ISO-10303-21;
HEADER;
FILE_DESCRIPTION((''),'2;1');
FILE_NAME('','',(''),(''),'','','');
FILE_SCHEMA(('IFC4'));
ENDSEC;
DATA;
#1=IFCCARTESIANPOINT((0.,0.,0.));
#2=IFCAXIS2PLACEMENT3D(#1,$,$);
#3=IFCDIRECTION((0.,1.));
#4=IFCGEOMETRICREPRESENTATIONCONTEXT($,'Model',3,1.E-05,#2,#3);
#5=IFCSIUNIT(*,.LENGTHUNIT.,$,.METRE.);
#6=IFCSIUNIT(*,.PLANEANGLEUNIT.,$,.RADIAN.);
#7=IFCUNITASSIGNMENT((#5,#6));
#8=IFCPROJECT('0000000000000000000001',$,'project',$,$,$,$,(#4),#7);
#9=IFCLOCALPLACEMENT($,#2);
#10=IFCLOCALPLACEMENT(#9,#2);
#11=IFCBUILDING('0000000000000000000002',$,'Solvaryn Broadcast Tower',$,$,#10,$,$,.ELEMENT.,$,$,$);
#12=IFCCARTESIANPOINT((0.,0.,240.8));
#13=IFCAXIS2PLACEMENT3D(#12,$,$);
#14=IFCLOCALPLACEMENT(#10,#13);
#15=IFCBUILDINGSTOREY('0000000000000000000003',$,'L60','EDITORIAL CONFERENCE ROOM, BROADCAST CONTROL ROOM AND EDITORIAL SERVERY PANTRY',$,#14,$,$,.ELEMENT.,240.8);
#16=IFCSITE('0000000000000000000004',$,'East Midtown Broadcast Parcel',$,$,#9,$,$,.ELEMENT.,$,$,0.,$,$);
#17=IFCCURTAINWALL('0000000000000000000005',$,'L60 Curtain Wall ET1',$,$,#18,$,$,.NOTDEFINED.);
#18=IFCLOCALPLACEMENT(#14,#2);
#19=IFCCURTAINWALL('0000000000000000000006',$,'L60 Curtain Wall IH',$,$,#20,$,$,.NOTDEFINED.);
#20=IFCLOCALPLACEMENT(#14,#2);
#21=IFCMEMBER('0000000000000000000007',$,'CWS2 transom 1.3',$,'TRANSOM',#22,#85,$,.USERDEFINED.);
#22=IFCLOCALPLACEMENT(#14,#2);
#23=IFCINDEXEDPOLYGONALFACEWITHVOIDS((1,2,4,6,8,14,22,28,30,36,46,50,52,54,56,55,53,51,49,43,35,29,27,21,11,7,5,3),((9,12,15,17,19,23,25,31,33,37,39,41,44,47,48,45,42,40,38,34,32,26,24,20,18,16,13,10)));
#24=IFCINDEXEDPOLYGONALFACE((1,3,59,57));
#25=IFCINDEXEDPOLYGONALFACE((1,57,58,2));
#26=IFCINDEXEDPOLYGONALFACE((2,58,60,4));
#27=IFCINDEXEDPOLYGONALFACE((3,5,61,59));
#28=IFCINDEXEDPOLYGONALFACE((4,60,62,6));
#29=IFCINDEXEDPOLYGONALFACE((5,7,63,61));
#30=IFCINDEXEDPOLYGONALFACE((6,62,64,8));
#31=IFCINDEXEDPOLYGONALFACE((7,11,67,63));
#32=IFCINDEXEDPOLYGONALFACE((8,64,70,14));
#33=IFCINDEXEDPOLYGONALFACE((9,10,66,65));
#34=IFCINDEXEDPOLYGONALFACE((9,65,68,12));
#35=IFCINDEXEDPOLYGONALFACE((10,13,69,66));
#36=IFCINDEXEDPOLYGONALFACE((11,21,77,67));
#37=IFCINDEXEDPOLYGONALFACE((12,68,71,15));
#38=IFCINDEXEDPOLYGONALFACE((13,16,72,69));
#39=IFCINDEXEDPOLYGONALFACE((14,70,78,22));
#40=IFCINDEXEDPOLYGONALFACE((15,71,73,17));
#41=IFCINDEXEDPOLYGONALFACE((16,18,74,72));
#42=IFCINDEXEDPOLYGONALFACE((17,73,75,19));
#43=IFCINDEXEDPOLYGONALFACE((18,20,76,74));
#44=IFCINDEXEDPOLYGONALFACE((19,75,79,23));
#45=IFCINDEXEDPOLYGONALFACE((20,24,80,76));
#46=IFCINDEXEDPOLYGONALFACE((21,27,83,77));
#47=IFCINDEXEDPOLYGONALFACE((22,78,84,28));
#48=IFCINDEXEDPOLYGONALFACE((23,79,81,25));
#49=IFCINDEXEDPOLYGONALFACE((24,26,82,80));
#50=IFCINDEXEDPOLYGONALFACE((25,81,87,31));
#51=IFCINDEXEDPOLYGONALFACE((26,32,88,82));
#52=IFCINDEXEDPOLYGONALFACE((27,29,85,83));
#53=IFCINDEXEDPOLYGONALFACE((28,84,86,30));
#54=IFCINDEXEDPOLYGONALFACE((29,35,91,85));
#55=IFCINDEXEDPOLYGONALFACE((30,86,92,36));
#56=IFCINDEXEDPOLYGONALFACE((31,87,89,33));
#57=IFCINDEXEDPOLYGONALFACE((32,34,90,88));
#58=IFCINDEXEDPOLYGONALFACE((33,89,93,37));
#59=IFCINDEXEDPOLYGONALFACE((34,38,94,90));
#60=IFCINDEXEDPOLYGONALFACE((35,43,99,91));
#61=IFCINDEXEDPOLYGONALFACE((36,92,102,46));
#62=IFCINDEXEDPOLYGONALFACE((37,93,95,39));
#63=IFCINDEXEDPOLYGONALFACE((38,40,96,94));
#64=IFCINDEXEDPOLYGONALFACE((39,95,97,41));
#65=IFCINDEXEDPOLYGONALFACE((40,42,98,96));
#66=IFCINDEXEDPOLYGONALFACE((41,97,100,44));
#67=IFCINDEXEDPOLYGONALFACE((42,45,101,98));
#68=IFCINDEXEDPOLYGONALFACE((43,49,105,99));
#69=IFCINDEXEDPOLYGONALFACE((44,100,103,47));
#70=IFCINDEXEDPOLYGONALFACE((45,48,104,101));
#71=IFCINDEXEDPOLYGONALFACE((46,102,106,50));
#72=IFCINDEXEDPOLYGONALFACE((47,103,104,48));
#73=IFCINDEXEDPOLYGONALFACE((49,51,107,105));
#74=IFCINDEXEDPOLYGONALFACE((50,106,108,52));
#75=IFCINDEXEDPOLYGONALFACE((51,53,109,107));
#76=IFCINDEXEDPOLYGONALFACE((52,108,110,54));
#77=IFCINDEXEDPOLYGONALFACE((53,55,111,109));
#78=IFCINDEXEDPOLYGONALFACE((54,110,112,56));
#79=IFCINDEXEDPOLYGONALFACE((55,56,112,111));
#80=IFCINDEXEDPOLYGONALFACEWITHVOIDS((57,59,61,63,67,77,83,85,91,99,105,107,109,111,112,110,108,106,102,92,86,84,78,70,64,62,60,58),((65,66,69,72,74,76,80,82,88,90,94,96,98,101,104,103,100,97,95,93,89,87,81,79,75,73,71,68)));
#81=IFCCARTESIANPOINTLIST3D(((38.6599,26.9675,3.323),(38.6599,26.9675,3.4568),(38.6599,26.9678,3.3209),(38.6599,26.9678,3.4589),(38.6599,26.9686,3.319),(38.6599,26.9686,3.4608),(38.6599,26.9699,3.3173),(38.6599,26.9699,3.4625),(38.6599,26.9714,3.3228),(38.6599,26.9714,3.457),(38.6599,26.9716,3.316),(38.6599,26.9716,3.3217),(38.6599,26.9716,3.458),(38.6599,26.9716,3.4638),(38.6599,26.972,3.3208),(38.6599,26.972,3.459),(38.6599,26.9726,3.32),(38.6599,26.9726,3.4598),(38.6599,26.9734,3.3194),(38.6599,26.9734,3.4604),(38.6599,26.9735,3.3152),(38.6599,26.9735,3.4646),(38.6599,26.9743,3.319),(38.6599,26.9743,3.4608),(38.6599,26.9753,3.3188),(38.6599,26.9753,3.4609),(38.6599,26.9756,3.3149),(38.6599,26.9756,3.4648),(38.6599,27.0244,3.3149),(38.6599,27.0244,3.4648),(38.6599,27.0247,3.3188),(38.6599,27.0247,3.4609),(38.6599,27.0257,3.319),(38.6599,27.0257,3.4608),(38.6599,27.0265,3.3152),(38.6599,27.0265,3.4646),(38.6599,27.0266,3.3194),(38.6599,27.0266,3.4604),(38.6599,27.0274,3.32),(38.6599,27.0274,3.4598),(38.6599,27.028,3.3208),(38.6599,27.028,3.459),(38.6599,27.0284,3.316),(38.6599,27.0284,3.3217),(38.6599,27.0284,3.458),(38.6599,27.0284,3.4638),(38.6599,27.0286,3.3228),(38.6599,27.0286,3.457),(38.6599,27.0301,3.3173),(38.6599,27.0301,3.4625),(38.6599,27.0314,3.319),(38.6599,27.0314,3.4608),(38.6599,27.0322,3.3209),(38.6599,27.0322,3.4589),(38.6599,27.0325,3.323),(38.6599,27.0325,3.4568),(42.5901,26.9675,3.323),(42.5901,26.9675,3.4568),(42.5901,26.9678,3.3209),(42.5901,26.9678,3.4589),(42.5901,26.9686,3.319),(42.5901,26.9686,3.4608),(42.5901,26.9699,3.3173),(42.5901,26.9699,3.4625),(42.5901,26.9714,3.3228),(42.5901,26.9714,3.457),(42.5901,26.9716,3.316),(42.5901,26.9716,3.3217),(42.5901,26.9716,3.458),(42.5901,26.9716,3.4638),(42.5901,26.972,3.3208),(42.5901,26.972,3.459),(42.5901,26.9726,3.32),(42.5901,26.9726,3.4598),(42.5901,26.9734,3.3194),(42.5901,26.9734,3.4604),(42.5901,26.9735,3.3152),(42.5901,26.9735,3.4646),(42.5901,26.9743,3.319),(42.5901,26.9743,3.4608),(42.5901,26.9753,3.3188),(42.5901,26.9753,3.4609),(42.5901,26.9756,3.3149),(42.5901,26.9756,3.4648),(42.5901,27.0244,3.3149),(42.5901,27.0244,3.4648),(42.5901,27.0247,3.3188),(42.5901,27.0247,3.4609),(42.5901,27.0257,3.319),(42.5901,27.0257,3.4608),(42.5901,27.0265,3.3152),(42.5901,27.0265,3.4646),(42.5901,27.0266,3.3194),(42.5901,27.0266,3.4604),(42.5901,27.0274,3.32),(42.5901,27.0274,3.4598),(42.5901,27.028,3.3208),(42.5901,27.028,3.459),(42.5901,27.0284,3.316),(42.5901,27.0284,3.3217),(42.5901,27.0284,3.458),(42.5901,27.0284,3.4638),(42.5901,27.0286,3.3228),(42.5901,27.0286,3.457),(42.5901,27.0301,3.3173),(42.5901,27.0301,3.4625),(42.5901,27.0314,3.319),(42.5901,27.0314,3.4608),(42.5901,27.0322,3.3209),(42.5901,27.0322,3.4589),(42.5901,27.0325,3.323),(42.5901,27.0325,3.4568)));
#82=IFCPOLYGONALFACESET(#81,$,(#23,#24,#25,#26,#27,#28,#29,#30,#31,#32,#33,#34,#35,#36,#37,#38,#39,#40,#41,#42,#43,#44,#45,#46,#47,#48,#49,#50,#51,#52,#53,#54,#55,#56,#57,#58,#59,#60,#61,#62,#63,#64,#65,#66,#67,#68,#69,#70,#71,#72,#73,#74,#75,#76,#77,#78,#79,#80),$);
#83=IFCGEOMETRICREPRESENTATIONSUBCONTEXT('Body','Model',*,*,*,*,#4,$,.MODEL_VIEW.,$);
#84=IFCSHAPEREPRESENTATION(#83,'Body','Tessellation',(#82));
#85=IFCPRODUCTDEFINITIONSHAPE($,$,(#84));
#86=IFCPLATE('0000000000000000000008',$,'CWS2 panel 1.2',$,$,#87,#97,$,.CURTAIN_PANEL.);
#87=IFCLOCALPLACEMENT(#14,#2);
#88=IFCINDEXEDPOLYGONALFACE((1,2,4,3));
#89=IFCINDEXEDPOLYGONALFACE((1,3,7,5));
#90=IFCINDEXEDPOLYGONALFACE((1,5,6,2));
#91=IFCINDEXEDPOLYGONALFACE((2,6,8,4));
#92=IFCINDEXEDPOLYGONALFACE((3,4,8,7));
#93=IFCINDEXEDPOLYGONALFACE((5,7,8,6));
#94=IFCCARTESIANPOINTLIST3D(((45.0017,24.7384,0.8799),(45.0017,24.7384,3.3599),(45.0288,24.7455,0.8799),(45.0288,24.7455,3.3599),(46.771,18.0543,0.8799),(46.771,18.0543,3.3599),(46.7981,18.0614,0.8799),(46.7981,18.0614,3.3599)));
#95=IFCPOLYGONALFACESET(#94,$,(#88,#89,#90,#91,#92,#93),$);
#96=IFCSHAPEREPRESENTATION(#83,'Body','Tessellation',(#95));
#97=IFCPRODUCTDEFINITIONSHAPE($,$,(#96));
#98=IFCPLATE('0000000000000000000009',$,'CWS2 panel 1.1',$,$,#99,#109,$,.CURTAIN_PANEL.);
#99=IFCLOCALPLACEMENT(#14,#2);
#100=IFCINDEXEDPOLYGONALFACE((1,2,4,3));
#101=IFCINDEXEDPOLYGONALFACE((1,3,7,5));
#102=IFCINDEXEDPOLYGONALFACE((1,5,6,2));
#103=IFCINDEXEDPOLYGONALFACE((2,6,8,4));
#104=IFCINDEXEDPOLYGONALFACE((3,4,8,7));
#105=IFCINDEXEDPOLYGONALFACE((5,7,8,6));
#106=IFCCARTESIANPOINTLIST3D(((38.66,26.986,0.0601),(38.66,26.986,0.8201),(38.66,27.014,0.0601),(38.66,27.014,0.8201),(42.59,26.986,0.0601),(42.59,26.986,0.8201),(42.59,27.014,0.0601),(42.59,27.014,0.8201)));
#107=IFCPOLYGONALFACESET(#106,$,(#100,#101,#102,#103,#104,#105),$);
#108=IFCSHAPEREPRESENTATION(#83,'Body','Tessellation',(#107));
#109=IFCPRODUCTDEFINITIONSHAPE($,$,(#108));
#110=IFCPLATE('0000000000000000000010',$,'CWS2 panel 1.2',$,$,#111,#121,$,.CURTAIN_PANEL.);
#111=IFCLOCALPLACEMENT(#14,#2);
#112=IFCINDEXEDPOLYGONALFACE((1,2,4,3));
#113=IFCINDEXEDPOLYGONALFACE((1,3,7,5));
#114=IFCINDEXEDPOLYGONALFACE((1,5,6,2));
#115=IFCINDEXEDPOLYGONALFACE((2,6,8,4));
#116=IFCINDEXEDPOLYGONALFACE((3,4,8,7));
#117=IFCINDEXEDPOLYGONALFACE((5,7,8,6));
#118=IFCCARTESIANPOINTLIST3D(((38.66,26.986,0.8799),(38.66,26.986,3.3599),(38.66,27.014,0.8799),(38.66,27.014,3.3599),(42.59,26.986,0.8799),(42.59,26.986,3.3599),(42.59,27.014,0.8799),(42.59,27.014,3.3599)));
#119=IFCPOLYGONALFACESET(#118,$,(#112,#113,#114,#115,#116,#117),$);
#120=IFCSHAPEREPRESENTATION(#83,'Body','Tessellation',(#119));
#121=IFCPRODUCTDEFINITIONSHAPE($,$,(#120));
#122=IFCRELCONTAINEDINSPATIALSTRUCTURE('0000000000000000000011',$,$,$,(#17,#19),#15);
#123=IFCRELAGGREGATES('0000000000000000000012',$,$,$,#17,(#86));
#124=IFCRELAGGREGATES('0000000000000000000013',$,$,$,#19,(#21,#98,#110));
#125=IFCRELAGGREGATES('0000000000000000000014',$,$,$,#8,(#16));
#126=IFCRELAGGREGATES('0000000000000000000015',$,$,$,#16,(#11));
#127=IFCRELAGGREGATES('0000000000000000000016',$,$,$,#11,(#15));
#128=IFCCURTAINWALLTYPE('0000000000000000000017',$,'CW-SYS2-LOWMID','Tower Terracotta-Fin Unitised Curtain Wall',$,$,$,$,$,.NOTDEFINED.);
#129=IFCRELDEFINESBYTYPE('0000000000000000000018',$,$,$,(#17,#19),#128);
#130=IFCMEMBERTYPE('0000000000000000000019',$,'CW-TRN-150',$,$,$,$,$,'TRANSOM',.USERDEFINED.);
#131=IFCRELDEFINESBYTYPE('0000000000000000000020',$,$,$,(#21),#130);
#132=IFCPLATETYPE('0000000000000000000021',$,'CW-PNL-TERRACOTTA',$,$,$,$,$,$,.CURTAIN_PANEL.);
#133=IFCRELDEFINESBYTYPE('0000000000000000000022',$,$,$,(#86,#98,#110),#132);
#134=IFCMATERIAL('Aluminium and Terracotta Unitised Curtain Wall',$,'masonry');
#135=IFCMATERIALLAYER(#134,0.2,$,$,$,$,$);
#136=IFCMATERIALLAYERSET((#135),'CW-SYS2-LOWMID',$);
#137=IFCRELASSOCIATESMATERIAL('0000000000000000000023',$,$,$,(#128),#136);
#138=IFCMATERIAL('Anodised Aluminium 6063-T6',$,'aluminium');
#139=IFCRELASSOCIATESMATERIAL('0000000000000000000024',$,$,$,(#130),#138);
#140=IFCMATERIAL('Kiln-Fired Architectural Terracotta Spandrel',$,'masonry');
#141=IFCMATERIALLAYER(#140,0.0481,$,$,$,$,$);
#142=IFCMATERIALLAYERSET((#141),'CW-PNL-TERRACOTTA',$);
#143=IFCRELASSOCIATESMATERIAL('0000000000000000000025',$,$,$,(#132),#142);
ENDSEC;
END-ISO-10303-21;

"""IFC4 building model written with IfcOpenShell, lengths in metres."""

from ifc_helpers import new_model, si_unit, direction, frame, origin, origin_2d, place, context, subcontext, project, spatial, rectangle, hollow_rectangle, extrude, material, layer, layer_set, material_profile, profile_set, type_object, element, aggregate, save


model = new_model("IFC4")

# Units and contexts
model_context = context("Model", 3, precision=1e-05, world=origin(), true_north=direction((0.0, 1.0)))
body_context = subcontext(model_context, "Body", "Model", "MODEL_VIEW")
ifc_project = project(units=[si_unit("LENGTHUNIT", "METRE"), si_unit("PLANEANGLEUNIT", "RADIAN")], contexts=[model_context])

# Site, building, storey
site_placement = place(None, origin())
site = spatial("IfcSite", under=ifc_project, at=site_placement, Name="East Midtown Broadcast Parcel", CompositionType="ELEMENT", RefElevation=0.0)
building_placement = place(site_placement, origin())
building = spatial("IfcBuilding", under=site, at=building_placement, Name="Solvaryn Broadcast Tower", CompositionType="ELEMENT")
storey_placement = place(building_placement, frame((0.0, 0.0, 240.8)))
storey = spatial("IfcBuildingStorey", under=building, at=storey_placement, Name="L60", Description="EDITORIAL CONFERENCE ROOM, BROADCAST CONTROL ROOM AND EDITORIAL SERVERY PANTRY", CompositionType="ELEMENT", Elevation=240.8)

# Curtain wall
ifc_material_1 = material(Name="Aluminium and Terracotta Unitised Curtain Wall", Category="masonry")
ifc_layer_1 = layer(ifc_material_1, 0.2)
ifc_layer_set_1 = layer_set([ifc_layer_1], Name="CW-SYS2-LOWMID")
curtain_wall_type = type_object("IfcCurtainWallType", Name="CW-SYS2-LOWMID", Description="Tower Terracotta-Fin Unitised Curtain Wall", PredefinedType="NOTDEFINED", material=ifc_layer_set_1)
curtain_wall_1_placement = place(storey_placement, origin())
curtain_wall_1 = element("IfcCurtainWall", 1, at=curtain_wall_1_placement, inside=storey, type_object=curtain_wall_type, Name="L60 Curtain Wall ET1", PredefinedType="NOTDEFINED")

# Curtain wall
curtain_wall_2_placement = place(storey_placement, origin())
curtain_wall_2 = element("IfcCurtainWall", 2, at=curtain_wall_2_placement, inside=storey, type_object=curtain_wall_type, Name="L60 Curtain Wall IH", PredefinedType="NOTDEFINED")

# Member
ifc_material_2 = material(Name="Anodised Aluminium 6063-T6", Category="aluminium")
ifc_material_profile_1 = material_profile(ifc_material_2, hollow_rectangle(XDim=0.0649, YDim=0.1499, WallThickness=0.0039, InnerFilletRadius=0.0039, OuterFilletRadius=0.0081, at=origin_2d()))
ifc_profile_set_1 = profile_set([ifc_material_profile_1], Name="Anodised Aluminium 6063-T6")
member_type_1 = type_object("IfcMemberType", Name="CW-TRN-150", ElementType="TRANSOM", PredefinedType="USERDEFINED", material=ifc_profile_set_1)
member_1_placement = place(storey_placement, frame((38.6599, 27.0, 3.3899), z_axis=(1.0, 0.0, 0.0), x_axis=(0.0, 1.0, 0.0)))
member_1 = element("IfcMember", 3, at=member_1_placement, type_object=member_type_1, Name="CWS2 transom 1.3", ObjectType="TRANSOM", PredefinedType="USERDEFINED", context=body_context, shape_type="SweptSolid", body=[
    extrude(hollow_rectangle(XDim=0.0649, YDim=0.1499, WallThickness=0.0039, InnerFilletRadius=0.0039, OuterFilletRadius=0.0081, at=origin_2d()), origin(), (0.0, 0.0, 1.0), 3.9302),
])

# Plates
ifc_material_3 = material(Name="Kiln-Fired Architectural Terracotta Spandrel", Category="masonry")
ifc_layer_2 = layer(ifc_material_3, 0.0481)
ifc_layer_set_2 = layer_set([ifc_layer_2], Name="CW-PNL-TERRACOTTA")
plate_type = type_object("IfcPlateType", Name="CW-PNL-TERRACOTTA", PredefinedType="CURTAIN_PANEL", material=ifc_layer_set_2)
plate_1_placement = place(storey_placement, frame((45.8999, 21.3999, 0.8799), z_axis=(0.0, 0.0, 1.0), x_axis=(0.255893, -0.966705, 0.0)))
plate_1 = element("IfcPlate", 4, at=plate_1_placement, type_object=plate_type, Name="CWS2 panel 1.2", PredefinedType="CURTAIN_PANEL", context=body_context, shape_type="SweptSolid", body=[
    extrude(rectangle(XDim=6.9143, YDim=0.0281, at=origin_2d()), origin(), (0.0, 0.0, 1.0), 2.48),
])
aggregate(curtain_wall_1, [plate_1])
plate_2_placement = place(storey_placement, frame((40.625, 27.0, 0.0601), z_axis=(0.0, 0.0, 1.0), x_axis=(1.0, 0.0, 0.0)))
plate_2 = element("IfcPlate", 5, at=plate_2_placement, type_object=plate_type, Name="CWS2 panel 1.1", PredefinedType="CURTAIN_PANEL", context=body_context, shape_type="SweptSolid", body=[
    extrude(rectangle(XDim=3.9299, YDim=0.0281, at=origin_2d()), origin(), (0.0, 0.0, 1.0), 0.76),
])
plate_3_placement = place(storey_placement, frame((40.625, 27.0, 0.8799), z_axis=(0.0, 0.0, 1.0), x_axis=(1.0, 0.0, 0.0)))
plate_3 = element("IfcPlate", 6, at=plate_3_placement, type_object=plate_type, Name="CWS2 panel 1.2", PredefinedType="CURTAIN_PANEL", context=body_context, shape_type="SweptSolid", body=[
    extrude(rectangle(XDim=3.9299, YDim=0.0281, at=origin_2d()), origin(), (0.0, 0.0, 1.0), 2.48),
])
aggregate(curtain_wall_2, [member_1, plate_2, plate_3])

save(model, "model.ifc")
